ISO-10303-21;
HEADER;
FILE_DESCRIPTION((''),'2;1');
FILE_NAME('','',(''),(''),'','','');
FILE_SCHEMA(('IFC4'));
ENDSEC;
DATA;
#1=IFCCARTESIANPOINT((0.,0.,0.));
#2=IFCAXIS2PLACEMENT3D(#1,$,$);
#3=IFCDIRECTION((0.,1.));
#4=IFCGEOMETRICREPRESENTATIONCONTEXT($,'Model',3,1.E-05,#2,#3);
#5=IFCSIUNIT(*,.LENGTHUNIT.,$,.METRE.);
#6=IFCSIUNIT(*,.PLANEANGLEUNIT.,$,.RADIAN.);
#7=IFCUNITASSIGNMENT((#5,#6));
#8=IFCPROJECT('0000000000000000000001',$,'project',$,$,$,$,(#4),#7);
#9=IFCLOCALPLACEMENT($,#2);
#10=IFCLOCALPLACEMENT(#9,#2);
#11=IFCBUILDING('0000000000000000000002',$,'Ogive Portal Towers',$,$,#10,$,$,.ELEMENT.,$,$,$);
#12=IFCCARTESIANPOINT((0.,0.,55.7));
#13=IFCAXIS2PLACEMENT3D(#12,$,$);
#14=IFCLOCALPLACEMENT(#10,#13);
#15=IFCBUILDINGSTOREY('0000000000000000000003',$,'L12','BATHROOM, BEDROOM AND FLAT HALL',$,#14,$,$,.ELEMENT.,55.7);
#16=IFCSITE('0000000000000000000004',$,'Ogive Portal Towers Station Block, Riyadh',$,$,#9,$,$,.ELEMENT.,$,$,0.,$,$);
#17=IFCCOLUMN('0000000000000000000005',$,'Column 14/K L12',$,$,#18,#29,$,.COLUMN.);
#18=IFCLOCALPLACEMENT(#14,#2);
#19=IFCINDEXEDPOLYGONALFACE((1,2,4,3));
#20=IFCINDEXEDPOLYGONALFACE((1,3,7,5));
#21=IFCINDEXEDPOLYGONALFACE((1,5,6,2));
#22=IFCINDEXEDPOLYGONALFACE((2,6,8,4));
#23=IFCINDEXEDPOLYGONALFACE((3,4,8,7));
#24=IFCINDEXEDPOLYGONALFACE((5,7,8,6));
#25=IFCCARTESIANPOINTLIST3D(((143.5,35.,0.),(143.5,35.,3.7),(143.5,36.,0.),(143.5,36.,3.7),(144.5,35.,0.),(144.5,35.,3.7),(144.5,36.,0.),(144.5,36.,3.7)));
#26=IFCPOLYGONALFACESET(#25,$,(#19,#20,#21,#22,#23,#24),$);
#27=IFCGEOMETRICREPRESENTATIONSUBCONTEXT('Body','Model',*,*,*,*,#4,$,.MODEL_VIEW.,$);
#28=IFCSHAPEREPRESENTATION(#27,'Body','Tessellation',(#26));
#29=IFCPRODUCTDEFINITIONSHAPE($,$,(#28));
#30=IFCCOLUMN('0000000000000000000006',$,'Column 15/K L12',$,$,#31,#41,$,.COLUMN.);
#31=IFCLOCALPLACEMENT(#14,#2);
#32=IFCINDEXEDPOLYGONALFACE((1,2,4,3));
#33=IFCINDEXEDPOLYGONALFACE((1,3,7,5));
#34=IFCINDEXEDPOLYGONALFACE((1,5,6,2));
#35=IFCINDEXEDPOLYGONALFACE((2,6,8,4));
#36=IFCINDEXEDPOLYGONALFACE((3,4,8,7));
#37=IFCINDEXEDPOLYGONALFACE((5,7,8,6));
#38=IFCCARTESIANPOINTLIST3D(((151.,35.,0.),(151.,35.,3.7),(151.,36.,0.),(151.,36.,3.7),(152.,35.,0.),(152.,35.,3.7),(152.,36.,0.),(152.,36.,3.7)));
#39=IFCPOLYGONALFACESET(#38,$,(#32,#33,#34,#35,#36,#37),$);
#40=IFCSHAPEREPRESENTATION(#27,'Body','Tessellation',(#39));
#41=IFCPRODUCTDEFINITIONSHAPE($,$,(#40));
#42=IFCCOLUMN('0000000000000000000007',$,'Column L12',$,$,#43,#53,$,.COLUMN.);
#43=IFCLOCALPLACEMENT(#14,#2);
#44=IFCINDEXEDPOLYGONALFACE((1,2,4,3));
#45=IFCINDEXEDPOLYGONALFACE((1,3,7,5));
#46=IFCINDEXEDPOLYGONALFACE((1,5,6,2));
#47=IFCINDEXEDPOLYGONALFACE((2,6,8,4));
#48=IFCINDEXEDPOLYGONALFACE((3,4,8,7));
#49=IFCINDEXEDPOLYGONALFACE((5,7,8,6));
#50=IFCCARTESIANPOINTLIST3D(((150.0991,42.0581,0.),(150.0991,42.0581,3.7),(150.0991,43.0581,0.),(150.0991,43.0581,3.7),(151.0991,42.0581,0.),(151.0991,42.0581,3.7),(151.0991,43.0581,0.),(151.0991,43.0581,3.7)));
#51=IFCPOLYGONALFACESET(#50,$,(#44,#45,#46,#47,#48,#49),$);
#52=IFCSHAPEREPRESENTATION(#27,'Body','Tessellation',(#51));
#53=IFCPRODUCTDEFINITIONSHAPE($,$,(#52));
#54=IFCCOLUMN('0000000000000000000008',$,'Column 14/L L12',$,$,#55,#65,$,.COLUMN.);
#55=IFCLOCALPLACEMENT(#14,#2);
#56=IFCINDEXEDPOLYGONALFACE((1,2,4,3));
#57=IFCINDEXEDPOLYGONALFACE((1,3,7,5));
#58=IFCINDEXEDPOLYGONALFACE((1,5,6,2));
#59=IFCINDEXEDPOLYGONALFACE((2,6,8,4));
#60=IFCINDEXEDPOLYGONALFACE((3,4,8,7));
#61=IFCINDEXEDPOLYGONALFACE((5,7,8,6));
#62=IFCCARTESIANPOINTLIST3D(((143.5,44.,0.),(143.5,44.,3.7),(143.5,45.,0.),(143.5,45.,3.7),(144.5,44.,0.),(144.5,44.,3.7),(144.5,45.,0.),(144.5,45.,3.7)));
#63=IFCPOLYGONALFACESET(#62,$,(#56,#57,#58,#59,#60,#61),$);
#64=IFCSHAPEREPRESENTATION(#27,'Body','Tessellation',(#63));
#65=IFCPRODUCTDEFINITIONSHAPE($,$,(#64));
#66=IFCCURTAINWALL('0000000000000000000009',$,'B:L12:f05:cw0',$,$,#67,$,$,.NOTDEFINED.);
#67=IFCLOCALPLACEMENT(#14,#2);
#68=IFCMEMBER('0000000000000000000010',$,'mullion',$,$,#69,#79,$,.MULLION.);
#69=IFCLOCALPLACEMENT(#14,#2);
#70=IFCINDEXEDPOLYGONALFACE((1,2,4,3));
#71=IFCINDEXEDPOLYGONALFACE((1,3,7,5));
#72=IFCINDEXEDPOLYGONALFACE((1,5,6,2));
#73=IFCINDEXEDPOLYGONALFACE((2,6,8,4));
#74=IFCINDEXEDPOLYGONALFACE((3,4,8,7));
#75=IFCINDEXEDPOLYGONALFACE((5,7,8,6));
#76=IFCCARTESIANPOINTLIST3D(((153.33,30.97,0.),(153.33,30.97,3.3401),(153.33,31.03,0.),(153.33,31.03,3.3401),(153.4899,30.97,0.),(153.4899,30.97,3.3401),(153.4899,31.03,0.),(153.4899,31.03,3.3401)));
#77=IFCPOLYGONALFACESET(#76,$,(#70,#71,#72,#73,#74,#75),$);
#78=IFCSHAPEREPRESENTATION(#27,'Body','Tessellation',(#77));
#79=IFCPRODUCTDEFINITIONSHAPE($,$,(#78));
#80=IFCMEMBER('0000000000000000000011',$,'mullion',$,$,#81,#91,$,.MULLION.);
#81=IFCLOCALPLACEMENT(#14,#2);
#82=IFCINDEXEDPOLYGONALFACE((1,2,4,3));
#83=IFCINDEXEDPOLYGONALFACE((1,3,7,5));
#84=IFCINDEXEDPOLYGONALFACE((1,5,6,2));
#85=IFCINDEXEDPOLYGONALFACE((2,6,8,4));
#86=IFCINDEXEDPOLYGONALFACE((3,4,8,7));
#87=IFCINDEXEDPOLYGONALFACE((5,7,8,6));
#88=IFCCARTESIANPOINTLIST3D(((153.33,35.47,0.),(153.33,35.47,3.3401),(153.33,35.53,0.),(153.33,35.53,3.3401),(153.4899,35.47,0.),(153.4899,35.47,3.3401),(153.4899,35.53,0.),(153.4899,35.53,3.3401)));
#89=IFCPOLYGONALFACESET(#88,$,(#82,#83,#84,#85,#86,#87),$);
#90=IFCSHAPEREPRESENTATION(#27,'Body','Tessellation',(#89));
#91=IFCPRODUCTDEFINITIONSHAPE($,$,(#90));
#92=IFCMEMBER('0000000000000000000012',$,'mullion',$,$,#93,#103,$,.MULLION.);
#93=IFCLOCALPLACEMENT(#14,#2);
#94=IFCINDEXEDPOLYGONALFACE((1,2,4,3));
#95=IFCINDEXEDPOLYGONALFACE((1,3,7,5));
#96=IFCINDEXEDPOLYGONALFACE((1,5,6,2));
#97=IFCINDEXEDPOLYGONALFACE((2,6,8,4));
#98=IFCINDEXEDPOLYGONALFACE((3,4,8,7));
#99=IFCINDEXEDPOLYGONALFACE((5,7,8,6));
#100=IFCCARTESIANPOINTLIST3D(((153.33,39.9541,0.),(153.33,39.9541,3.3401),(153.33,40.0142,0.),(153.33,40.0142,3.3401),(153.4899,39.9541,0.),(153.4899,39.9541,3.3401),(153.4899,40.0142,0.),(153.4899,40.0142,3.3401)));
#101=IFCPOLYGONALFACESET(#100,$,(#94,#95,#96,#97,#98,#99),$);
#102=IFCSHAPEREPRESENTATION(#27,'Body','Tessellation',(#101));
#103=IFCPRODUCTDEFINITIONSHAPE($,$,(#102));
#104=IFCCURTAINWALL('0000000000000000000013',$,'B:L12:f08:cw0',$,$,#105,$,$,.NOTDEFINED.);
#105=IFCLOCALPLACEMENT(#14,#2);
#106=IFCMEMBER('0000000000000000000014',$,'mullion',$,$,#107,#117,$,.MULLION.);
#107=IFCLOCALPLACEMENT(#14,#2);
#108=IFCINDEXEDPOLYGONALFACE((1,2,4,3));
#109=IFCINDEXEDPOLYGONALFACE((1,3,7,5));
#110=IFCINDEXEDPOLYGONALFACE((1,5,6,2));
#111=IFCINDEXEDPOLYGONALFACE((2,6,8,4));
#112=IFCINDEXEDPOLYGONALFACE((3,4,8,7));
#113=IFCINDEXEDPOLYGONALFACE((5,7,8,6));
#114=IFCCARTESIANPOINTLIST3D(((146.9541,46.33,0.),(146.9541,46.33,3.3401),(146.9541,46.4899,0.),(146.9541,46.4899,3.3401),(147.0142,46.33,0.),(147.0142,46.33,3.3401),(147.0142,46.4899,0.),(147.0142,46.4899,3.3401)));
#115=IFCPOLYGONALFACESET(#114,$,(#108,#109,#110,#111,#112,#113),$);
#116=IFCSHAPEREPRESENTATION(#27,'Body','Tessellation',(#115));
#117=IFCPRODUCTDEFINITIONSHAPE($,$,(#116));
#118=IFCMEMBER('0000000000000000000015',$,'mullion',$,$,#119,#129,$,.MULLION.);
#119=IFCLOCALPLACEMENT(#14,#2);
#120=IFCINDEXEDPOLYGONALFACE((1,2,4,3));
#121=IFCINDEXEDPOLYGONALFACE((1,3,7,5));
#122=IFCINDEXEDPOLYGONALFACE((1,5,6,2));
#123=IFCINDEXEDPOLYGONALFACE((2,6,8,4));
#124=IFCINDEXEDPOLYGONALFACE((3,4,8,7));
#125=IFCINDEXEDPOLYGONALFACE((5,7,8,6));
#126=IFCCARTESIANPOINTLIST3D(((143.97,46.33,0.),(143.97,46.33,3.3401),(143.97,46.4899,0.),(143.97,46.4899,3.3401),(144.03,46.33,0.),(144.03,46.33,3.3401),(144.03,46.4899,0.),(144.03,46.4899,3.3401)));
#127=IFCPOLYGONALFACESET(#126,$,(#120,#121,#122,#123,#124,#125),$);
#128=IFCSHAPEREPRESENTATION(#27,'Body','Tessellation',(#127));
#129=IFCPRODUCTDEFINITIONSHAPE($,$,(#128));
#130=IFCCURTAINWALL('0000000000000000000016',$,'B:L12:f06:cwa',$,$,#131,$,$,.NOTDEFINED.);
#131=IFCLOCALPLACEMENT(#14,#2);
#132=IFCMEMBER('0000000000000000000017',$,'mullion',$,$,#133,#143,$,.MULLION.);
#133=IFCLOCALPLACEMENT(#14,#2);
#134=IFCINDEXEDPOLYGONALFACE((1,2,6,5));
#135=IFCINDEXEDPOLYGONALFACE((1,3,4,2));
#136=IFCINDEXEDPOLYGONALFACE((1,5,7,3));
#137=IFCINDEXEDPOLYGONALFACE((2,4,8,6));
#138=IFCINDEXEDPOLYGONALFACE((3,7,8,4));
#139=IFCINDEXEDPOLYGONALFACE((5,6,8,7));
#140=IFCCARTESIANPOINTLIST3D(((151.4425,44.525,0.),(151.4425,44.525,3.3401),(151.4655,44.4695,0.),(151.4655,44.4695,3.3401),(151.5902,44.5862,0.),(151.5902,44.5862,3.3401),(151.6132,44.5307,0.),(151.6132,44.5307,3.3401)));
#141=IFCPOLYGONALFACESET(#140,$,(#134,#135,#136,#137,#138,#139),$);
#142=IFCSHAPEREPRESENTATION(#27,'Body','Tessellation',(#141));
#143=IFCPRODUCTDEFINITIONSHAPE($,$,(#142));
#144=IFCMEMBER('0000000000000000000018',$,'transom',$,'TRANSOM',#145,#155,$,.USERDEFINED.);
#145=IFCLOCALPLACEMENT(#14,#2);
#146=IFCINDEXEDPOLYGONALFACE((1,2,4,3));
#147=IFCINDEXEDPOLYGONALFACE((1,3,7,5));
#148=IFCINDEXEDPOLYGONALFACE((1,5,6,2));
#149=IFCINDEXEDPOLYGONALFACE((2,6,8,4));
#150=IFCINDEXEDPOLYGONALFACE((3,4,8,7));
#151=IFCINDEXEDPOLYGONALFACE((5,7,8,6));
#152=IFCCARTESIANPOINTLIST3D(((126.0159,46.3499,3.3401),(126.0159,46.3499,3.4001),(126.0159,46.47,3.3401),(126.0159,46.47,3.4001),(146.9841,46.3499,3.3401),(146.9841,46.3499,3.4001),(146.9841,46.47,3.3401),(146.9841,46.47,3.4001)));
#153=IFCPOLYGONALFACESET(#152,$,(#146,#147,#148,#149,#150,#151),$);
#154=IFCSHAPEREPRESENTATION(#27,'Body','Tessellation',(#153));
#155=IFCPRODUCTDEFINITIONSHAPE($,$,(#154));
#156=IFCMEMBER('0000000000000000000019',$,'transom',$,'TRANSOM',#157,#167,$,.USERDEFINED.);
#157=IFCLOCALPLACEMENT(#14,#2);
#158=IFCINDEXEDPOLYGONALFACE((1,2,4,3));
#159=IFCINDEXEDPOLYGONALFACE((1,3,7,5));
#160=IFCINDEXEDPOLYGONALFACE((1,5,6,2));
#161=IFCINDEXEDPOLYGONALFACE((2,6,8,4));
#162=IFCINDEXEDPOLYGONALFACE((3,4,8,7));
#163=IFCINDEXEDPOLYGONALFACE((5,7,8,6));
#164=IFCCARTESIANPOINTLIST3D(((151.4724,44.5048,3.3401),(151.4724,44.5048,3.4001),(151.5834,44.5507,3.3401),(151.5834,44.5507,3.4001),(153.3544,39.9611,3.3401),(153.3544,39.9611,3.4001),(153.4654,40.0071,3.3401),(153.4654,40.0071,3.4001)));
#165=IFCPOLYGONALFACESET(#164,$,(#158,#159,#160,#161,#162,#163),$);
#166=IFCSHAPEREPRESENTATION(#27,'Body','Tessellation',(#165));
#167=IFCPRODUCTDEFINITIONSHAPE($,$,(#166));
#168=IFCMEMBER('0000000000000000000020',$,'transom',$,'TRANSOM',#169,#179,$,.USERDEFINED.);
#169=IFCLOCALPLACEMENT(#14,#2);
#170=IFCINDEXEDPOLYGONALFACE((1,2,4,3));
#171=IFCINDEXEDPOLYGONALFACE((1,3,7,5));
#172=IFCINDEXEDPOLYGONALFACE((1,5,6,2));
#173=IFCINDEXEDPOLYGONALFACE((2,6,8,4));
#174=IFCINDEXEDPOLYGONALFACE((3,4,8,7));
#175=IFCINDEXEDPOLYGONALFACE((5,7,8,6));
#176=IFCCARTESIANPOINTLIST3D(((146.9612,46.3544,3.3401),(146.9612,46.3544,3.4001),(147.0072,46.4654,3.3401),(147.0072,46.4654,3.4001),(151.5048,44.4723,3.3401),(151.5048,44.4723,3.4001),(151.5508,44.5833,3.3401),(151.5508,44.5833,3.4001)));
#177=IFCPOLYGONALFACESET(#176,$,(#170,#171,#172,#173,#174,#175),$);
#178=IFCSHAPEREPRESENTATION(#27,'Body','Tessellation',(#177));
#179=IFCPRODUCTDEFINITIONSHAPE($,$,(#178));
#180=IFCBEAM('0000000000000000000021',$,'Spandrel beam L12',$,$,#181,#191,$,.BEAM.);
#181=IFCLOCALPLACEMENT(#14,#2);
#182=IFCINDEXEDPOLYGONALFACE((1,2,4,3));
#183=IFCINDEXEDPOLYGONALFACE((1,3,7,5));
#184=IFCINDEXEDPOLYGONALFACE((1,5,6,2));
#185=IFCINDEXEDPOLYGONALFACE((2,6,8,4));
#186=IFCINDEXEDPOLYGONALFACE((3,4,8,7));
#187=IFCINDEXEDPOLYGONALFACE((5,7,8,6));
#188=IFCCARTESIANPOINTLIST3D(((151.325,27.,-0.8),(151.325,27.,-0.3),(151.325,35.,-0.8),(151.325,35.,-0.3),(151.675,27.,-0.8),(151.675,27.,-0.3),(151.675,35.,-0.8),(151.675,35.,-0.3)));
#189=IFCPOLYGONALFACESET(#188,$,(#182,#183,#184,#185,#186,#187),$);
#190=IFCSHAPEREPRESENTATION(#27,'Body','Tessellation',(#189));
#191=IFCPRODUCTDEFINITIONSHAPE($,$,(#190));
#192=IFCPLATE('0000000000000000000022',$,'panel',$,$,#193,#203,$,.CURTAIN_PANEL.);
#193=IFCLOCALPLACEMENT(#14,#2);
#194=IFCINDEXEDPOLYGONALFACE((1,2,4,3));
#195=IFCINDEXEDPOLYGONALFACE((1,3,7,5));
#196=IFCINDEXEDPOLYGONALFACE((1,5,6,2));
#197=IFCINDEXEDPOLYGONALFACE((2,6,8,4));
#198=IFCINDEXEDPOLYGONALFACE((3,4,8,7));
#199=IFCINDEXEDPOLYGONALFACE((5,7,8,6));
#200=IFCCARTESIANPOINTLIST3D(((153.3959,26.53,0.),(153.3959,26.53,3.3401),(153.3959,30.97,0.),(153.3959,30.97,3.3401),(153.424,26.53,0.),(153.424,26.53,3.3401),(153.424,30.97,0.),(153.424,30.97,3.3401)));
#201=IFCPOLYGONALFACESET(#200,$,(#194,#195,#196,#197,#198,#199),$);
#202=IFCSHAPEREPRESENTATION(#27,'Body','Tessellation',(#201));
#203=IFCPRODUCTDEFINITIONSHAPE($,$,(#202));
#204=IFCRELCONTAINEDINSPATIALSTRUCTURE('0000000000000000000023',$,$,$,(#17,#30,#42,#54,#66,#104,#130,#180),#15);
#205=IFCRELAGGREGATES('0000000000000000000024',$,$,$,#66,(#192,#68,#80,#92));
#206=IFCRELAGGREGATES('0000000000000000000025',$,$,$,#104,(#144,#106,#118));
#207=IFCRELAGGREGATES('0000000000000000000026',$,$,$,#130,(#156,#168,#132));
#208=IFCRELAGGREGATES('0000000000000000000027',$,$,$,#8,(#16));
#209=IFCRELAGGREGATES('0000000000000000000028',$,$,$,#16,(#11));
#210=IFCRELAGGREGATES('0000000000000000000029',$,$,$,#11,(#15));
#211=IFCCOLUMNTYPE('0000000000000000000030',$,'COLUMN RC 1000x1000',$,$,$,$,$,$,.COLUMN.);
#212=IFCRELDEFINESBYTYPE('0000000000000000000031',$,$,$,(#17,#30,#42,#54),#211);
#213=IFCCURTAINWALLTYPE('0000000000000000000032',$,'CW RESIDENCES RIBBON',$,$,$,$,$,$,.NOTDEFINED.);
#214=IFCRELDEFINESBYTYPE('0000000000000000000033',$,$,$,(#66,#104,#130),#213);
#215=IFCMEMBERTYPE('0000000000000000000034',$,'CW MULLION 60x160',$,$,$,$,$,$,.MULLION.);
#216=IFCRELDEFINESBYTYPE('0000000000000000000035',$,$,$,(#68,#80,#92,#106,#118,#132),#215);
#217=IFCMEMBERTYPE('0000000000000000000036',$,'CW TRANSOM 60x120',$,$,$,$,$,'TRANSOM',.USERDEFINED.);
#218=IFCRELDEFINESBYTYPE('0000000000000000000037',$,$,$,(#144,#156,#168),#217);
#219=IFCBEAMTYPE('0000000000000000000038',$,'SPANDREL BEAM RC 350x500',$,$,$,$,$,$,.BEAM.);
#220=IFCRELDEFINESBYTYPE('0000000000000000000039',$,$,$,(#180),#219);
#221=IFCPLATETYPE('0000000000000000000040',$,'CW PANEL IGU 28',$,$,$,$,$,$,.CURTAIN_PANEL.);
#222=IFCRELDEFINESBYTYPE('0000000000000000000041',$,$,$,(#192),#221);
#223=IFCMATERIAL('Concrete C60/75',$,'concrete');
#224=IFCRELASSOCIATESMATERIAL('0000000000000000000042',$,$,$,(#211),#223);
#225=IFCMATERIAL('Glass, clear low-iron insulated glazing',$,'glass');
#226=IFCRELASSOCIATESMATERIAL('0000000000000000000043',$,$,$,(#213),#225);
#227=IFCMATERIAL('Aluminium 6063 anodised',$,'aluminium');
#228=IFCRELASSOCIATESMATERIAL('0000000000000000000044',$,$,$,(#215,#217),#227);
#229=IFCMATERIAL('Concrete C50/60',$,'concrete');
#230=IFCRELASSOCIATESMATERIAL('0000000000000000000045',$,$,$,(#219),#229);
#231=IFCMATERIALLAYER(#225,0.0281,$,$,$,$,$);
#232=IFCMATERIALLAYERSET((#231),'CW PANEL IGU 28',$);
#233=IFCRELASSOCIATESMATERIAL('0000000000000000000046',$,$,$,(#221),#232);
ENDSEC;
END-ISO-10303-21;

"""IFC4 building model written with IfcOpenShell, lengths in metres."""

from ifc_helpers import new_model, si_unit, direction, frame, origin, origin_2d, place, context, subcontext, project, spatial, rectangle, extrude, material, layer, layer_set, material_profile, profile_set, type_object, element, aggregate, save


model = new_model("IFC4")

# Units and contexts
model_context = context("Model", 3, precision=1e-05, world=origin(), true_north=direction((0.0, 1.0)))
body_context = subcontext(model_context, "Body", "Model", "MODEL_VIEW")
ifc_project = project(units=[si_unit("LENGTHUNIT", "METRE"), si_unit("PLANEANGLEUNIT", "RADIAN")], contexts=[model_context])

# Site, building, storey
site_placement = place(None, origin())
site = spatial("IfcSite", under=ifc_project, at=site_placement, Name="Ogive Portal Towers Station Block, Riyadh", CompositionType="ELEMENT", RefElevation=0.0)
building_placement = place(site_placement, origin())
building = spatial("IfcBuilding", under=site, at=building_placement, Name="Ogive Portal Towers", CompositionType="ELEMENT")
storey_placement = place(building_placement, frame((0.0, 0.0, 55.7)))
storey = spatial("IfcBuildingStorey", under=building, at=storey_placement, Name="L12", Description="BATHROOM, BEDROOM AND FLAT HALL", CompositionType="ELEMENT", Elevation=55.7)

# Columns
ifc_material_1 = material(Name="Concrete C60/75", Category="concrete")
ifc_material_profile_1 = material_profile(ifc_material_1, rectangle(XDim=1.0, YDim=1.0, at=origin_2d()), Name="RC 1000x1000")
ifc_profile_set_1 = profile_set([ifc_material_profile_1], Name="Concrete C60/75")
column_type = type_object("IfcColumnType", Name="COLUMN RC 1000x1000", PredefinedType="COLUMN", material=ifc_profile_set_1)
for number, where, z_axis, x_axis, name in (
    (1, (144.0, 35.5, 0.0), (0.0, 0.0, 1.0), (1.0, 0.0, 0.0), "Column 14/K L12"),
    (2, (151.5, 35.5, 0.0), (0.0, 0.0, 1.0), (1.0, 0.0, 0.0), "Column 15/K L12"),
    (3, (150.5991, 42.5581, 0.0), (0.0, 0.0, 1.0), (1.0, 0.0, 0.0), "Column L12"),
    (4, (144.0, 44.5, 0.0), (0.0, 0.0, 1.0), (1.0, 0.0, 0.0), "Column 14/L L12"),
):
    element("IfcColumn", number, at=place(storey_placement, frame(where, z_axis=z_axis, x_axis=x_axis)), inside=storey, type_object=column_type, Name=name, PredefinedType="COLUMN", context=body_context, shape_type="SweptSolid", body=[
        extrude(rectangle(XDim=1.0, YDim=1.0, at=origin_2d()), origin(), (0.0, 0.0, 1.0), 3.7),
    ])

# Curtain walls, members
ifc_material_2 = material(Name="Glass, clear low-iron insulated glazing", Category="glass")
curtain_wall_type = type_object("IfcCurtainWallType", Name="CW RESIDENCES RIBBON", PredefinedType="NOTDEFINED", material=ifc_material_2)
curtain_wall_1_placement = place(storey_placement, origin())
curtain_wall_1 = element("IfcCurtainWall", 5, at=curtain_wall_1_placement, inside=storey, type_object=curtain_wall_type, Name="B:L12:f05:cw0", PredefinedType="NOTDEFINED")
ifc_material_3 = material(Name="Aluminium 6063 anodised", Category="aluminium")
ifc_material_profile_2 = material_profile(ifc_material_3, rectangle(XDim=0.1599, YDim=0.0601, at=origin_2d()), Name="AL 60x160")
ifc_profile_set_2 = profile_set([ifc_material_profile_2], Name="Aluminium 6063 anodised")
member_type_1 = type_object("IfcMemberType", Name="CW MULLION 60x160", PredefinedType="MULLION", material=ifc_profile_set_2)
member_1_placement = place(storey_placement, frame((153.4099, 31.0, 0.0), z_axis=(0.0, 0.0, 1.0), x_axis=(-1.0, 0.0, 0.0)))
member_1 = element("IfcMember", 6, at=member_1_placement, type_object=member_type_1, Name="mullion", PredefinedType="MULLION", context=body_context, shape_type="SweptSolid", body=[
    extrude(rectangle(XDim=0.1599, YDim=0.0601, at=origin_2d()), origin(), (0.0, 0.0, 1.0), 3.3401),
])
member_2_placement = place(storey_placement, frame((153.4099, 35.5, 0.0), z_axis=(0.0, 0.0, 1.0), x_axis=(-1.0, 0.0, 0.0)))
member_2 = element("IfcMember", 7, at=member_2_placement, type_object=member_type_1, Name="mullion", PredefinedType="MULLION", context=body_context, shape_type="SweptSolid", body=[
    extrude(rectangle(XDim=0.1599, YDim=0.0601, at=origin_2d()), origin(), (0.0, 0.0, 1.0), 3.3401),
])
member_3_placement = place(storey_placement, frame((153.4099, 39.9841, 0.0), z_axis=(0.0, 0.0, 1.0), x_axis=(-1.0, 0.0, 0.0)))
member_3 = element("IfcMember", 8, at=member_3_placement, type_object=member_type_1, Name="mullion", PredefinedType="MULLION", context=body_context, shape_type="SweptSolid", body=[
    extrude(rectangle(XDim=0.1599, YDim=0.0601, at=origin_2d()), origin(), (0.0, 0.0, 1.0), 3.3401),
])
curtain_wall_2_placement = place(storey_placement, origin())
curtain_wall_2 = element("IfcCurtainWall", 9, at=curtain_wall_2_placement, inside=storey, type_object=curtain_wall_type, Name="B:L12:f08:cw0", PredefinedType="NOTDEFINED")
member_4_placement = place(storey_placement, frame((146.9841, 46.4099, 0.0), z_axis=(0.0, 0.0, 1.0), x_axis=(0.0, -1.0, 0.0)))
member_4 = element("IfcMember", 10, at=member_4_placement, type_object=member_type_1, Name="mullion", PredefinedType="MULLION", context=body_context, shape_type="SweptSolid", body=[
    extrude(rectangle(XDim=0.1599, YDim=0.0601, at=origin_2d()), origin(), (0.0, 0.0, 1.0), 3.3401),
])
member_5_placement = place(storey_placement, frame((144.0, 46.4099, 0.0), z_axis=(0.0, 0.0, 1.0), x_axis=(0.0, -1.0, 0.0)))
member_5 = element("IfcMember", 11, at=member_5_placement, type_object=member_type_1, Name="mullion", PredefinedType="MULLION", context=body_context, shape_type="SweptSolid", body=[
    extrude(rectangle(XDim=0.1599, YDim=0.0601, at=origin_2d()), origin(), (0.0, 0.0, 1.0), 3.3401),
])

# Curtain wall, member
curtain_wall_3_placement = place(storey_placement, origin())
curtain_wall_3 = element("IfcCurtainWall", 12, at=curtain_wall_3_placement, inside=storey, type_object=curtain_wall_type, Name="B:L12:f06:cwa", PredefinedType="NOTDEFINED")
member_6_placement = place(storey_placement, frame((151.5278, 44.5278, 0.0), z_axis=(0.0, 0.0, 1.0), x_axis=(-0.92388, -0.382683, 0.0)))
member_6 = element("IfcMember", 13, at=member_6_placement, type_object=member_type_1, Name="mullion", PredefinedType="MULLION", context=body_context, shape_type="SweptSolid", body=[
    extrude(rectangle(XDim=0.1599, YDim=0.0601, at=origin_2d()), origin(), (0.0, 0.0, 1.0), 3.3401),
])

# Members
ifc_material_profile_3 = material_profile(ifc_material_3, rectangle(XDim=0.1201, YDim=0.0601, at=origin_2d()), Name="AL 120x60")
ifc_profile_set_3 = profile_set([ifc_material_profile_3], Name="Aluminium 6063 anodised")
member_type_2 = type_object("IfcMemberType", Name="CW TRANSOM 60x120", ElementType="TRANSOM", PredefinedType="USERDEFINED", material=ifc_profile_set_3)
member_7_placement = place(storey_placement, frame((146.9841, 46.4099, 3.3701), z_axis=(-1.0, 0.0, 0.0), x_axis=(0.0, -1.0, 0.0)))
member_7 = element("IfcMember", 14, at=member_7_placement, type_object=member_type_2, Name="transom", ObjectType="TRANSOM", PredefinedType="USERDEFINED", context=body_context, shape_type="SweptSolid", body=[
    extrude(rectangle(XDim=0.1201, YDim=0.0601, at=origin_2d()), origin(), (0.0, 0.0, 1.0), 20.9683),
])
member_8_placement = place(storey_placement, frame((153.4099, 39.9841, 3.3701), z_axis=(-0.382686, 0.923878, 0.0), x_axis=(-0.923878, -0.382686, 0.0)))
member_8 = element("IfcMember", 15, at=member_8_placement, type_object=member_type_2, Name="transom", ObjectType="TRANSOM", PredefinedType="USERDEFINED", context=body_context, shape_type="SweptSolid", body=[
    extrude(rectangle(XDim=0.1201, YDim=0.0601, at=origin_2d()), origin(), (0.0, 0.0, 1.0), 4.918),
])
member_9_placement = place(storey_placement, frame((151.5278, 44.5278, 3.3701), z_axis=(-0.923878, 0.382686, 0.0), x_axis=(-0.382686, -0.923878, 0.0)))
member_9 = element("IfcMember", 16, at=member_9_placement, type_object=member_type_2, Name="transom", ObjectType="TRANSOM", PredefinedType="USERDEFINED", context=body_context, shape_type="SweptSolid", body=[
    extrude(rectangle(XDim=0.1201, YDim=0.0601, at=origin_2d()), origin(), (0.0, 0.0, 1.0), 4.918),
])

# Beam
ifc_material_4 = material(Name="Concrete C50/60", Category="concrete")
ifc_material_profile_4 = material_profile(ifc_material_4, rectangle(XDim=0.3501, YDim=0.5, at=origin_2d()), Name="RC 350x500")
ifc_profile_set_4 = profile_set([ifc_material_profile_4], Name="Concrete C50/60")
beam_type = type_object("IfcBeamType", Name="SPANDREL BEAM RC 350x500", PredefinedType="BEAM", material=ifc_profile_set_4)
beam_placement = place(storey_placement, frame((151.5, 27.0, -0.55), z_axis=(0.0, 1.0, 0.0), x_axis=(-1.0, 0.0, 0.0)))
element("IfcBeam", 17, at=beam_placement, inside=storey, type_object=beam_type, Name="Spandrel beam L12", PredefinedType="BEAM", context=body_context, shape_type="SweptSolid", body=[
    extrude(rectangle(XDim=0.3501, YDim=0.5, at=origin_2d()), origin(), (0.0, 0.0, 1.0), 8.0),
])

# Plate
ifc_layer_1 = layer(ifc_material_2, 0.0281)
ifc_layer_set_1 = layer_set([ifc_layer_1], Name="CW PANEL IGU 28")
plate_type = type_object("IfcPlateType", Name="CW PANEL IGU 28", PredefinedType="CURTAIN_PANEL", material=ifc_layer_set_1)
plate_1_placement = place(storey_placement, frame((153.4099, 28.75, 0.0), z_axis=(0.0, 0.0, 1.0), x_axis=(0.0, 1.0, 0.0)))
plate_1 = element("IfcPlate", 18, at=plate_1_placement, type_object=plate_type, Name="panel", PredefinedType="CURTAIN_PANEL", context=body_context, shape_type="SweptSolid", body=[
    extrude(rectangle(XDim=4.4399, YDim=0.0281, at=origin_2d()), origin(), (0.0, 0.0, 1.0), 3.3401),
])
aggregate(curtain_wall_1, [plate_1, member_1, member_2, member_3])
aggregate(curtain_wall_2, [member_7, member_4, member_5])
aggregate(curtain_wall_3, [member_8, member_9, member_6])

save(model, "model.ifc")
